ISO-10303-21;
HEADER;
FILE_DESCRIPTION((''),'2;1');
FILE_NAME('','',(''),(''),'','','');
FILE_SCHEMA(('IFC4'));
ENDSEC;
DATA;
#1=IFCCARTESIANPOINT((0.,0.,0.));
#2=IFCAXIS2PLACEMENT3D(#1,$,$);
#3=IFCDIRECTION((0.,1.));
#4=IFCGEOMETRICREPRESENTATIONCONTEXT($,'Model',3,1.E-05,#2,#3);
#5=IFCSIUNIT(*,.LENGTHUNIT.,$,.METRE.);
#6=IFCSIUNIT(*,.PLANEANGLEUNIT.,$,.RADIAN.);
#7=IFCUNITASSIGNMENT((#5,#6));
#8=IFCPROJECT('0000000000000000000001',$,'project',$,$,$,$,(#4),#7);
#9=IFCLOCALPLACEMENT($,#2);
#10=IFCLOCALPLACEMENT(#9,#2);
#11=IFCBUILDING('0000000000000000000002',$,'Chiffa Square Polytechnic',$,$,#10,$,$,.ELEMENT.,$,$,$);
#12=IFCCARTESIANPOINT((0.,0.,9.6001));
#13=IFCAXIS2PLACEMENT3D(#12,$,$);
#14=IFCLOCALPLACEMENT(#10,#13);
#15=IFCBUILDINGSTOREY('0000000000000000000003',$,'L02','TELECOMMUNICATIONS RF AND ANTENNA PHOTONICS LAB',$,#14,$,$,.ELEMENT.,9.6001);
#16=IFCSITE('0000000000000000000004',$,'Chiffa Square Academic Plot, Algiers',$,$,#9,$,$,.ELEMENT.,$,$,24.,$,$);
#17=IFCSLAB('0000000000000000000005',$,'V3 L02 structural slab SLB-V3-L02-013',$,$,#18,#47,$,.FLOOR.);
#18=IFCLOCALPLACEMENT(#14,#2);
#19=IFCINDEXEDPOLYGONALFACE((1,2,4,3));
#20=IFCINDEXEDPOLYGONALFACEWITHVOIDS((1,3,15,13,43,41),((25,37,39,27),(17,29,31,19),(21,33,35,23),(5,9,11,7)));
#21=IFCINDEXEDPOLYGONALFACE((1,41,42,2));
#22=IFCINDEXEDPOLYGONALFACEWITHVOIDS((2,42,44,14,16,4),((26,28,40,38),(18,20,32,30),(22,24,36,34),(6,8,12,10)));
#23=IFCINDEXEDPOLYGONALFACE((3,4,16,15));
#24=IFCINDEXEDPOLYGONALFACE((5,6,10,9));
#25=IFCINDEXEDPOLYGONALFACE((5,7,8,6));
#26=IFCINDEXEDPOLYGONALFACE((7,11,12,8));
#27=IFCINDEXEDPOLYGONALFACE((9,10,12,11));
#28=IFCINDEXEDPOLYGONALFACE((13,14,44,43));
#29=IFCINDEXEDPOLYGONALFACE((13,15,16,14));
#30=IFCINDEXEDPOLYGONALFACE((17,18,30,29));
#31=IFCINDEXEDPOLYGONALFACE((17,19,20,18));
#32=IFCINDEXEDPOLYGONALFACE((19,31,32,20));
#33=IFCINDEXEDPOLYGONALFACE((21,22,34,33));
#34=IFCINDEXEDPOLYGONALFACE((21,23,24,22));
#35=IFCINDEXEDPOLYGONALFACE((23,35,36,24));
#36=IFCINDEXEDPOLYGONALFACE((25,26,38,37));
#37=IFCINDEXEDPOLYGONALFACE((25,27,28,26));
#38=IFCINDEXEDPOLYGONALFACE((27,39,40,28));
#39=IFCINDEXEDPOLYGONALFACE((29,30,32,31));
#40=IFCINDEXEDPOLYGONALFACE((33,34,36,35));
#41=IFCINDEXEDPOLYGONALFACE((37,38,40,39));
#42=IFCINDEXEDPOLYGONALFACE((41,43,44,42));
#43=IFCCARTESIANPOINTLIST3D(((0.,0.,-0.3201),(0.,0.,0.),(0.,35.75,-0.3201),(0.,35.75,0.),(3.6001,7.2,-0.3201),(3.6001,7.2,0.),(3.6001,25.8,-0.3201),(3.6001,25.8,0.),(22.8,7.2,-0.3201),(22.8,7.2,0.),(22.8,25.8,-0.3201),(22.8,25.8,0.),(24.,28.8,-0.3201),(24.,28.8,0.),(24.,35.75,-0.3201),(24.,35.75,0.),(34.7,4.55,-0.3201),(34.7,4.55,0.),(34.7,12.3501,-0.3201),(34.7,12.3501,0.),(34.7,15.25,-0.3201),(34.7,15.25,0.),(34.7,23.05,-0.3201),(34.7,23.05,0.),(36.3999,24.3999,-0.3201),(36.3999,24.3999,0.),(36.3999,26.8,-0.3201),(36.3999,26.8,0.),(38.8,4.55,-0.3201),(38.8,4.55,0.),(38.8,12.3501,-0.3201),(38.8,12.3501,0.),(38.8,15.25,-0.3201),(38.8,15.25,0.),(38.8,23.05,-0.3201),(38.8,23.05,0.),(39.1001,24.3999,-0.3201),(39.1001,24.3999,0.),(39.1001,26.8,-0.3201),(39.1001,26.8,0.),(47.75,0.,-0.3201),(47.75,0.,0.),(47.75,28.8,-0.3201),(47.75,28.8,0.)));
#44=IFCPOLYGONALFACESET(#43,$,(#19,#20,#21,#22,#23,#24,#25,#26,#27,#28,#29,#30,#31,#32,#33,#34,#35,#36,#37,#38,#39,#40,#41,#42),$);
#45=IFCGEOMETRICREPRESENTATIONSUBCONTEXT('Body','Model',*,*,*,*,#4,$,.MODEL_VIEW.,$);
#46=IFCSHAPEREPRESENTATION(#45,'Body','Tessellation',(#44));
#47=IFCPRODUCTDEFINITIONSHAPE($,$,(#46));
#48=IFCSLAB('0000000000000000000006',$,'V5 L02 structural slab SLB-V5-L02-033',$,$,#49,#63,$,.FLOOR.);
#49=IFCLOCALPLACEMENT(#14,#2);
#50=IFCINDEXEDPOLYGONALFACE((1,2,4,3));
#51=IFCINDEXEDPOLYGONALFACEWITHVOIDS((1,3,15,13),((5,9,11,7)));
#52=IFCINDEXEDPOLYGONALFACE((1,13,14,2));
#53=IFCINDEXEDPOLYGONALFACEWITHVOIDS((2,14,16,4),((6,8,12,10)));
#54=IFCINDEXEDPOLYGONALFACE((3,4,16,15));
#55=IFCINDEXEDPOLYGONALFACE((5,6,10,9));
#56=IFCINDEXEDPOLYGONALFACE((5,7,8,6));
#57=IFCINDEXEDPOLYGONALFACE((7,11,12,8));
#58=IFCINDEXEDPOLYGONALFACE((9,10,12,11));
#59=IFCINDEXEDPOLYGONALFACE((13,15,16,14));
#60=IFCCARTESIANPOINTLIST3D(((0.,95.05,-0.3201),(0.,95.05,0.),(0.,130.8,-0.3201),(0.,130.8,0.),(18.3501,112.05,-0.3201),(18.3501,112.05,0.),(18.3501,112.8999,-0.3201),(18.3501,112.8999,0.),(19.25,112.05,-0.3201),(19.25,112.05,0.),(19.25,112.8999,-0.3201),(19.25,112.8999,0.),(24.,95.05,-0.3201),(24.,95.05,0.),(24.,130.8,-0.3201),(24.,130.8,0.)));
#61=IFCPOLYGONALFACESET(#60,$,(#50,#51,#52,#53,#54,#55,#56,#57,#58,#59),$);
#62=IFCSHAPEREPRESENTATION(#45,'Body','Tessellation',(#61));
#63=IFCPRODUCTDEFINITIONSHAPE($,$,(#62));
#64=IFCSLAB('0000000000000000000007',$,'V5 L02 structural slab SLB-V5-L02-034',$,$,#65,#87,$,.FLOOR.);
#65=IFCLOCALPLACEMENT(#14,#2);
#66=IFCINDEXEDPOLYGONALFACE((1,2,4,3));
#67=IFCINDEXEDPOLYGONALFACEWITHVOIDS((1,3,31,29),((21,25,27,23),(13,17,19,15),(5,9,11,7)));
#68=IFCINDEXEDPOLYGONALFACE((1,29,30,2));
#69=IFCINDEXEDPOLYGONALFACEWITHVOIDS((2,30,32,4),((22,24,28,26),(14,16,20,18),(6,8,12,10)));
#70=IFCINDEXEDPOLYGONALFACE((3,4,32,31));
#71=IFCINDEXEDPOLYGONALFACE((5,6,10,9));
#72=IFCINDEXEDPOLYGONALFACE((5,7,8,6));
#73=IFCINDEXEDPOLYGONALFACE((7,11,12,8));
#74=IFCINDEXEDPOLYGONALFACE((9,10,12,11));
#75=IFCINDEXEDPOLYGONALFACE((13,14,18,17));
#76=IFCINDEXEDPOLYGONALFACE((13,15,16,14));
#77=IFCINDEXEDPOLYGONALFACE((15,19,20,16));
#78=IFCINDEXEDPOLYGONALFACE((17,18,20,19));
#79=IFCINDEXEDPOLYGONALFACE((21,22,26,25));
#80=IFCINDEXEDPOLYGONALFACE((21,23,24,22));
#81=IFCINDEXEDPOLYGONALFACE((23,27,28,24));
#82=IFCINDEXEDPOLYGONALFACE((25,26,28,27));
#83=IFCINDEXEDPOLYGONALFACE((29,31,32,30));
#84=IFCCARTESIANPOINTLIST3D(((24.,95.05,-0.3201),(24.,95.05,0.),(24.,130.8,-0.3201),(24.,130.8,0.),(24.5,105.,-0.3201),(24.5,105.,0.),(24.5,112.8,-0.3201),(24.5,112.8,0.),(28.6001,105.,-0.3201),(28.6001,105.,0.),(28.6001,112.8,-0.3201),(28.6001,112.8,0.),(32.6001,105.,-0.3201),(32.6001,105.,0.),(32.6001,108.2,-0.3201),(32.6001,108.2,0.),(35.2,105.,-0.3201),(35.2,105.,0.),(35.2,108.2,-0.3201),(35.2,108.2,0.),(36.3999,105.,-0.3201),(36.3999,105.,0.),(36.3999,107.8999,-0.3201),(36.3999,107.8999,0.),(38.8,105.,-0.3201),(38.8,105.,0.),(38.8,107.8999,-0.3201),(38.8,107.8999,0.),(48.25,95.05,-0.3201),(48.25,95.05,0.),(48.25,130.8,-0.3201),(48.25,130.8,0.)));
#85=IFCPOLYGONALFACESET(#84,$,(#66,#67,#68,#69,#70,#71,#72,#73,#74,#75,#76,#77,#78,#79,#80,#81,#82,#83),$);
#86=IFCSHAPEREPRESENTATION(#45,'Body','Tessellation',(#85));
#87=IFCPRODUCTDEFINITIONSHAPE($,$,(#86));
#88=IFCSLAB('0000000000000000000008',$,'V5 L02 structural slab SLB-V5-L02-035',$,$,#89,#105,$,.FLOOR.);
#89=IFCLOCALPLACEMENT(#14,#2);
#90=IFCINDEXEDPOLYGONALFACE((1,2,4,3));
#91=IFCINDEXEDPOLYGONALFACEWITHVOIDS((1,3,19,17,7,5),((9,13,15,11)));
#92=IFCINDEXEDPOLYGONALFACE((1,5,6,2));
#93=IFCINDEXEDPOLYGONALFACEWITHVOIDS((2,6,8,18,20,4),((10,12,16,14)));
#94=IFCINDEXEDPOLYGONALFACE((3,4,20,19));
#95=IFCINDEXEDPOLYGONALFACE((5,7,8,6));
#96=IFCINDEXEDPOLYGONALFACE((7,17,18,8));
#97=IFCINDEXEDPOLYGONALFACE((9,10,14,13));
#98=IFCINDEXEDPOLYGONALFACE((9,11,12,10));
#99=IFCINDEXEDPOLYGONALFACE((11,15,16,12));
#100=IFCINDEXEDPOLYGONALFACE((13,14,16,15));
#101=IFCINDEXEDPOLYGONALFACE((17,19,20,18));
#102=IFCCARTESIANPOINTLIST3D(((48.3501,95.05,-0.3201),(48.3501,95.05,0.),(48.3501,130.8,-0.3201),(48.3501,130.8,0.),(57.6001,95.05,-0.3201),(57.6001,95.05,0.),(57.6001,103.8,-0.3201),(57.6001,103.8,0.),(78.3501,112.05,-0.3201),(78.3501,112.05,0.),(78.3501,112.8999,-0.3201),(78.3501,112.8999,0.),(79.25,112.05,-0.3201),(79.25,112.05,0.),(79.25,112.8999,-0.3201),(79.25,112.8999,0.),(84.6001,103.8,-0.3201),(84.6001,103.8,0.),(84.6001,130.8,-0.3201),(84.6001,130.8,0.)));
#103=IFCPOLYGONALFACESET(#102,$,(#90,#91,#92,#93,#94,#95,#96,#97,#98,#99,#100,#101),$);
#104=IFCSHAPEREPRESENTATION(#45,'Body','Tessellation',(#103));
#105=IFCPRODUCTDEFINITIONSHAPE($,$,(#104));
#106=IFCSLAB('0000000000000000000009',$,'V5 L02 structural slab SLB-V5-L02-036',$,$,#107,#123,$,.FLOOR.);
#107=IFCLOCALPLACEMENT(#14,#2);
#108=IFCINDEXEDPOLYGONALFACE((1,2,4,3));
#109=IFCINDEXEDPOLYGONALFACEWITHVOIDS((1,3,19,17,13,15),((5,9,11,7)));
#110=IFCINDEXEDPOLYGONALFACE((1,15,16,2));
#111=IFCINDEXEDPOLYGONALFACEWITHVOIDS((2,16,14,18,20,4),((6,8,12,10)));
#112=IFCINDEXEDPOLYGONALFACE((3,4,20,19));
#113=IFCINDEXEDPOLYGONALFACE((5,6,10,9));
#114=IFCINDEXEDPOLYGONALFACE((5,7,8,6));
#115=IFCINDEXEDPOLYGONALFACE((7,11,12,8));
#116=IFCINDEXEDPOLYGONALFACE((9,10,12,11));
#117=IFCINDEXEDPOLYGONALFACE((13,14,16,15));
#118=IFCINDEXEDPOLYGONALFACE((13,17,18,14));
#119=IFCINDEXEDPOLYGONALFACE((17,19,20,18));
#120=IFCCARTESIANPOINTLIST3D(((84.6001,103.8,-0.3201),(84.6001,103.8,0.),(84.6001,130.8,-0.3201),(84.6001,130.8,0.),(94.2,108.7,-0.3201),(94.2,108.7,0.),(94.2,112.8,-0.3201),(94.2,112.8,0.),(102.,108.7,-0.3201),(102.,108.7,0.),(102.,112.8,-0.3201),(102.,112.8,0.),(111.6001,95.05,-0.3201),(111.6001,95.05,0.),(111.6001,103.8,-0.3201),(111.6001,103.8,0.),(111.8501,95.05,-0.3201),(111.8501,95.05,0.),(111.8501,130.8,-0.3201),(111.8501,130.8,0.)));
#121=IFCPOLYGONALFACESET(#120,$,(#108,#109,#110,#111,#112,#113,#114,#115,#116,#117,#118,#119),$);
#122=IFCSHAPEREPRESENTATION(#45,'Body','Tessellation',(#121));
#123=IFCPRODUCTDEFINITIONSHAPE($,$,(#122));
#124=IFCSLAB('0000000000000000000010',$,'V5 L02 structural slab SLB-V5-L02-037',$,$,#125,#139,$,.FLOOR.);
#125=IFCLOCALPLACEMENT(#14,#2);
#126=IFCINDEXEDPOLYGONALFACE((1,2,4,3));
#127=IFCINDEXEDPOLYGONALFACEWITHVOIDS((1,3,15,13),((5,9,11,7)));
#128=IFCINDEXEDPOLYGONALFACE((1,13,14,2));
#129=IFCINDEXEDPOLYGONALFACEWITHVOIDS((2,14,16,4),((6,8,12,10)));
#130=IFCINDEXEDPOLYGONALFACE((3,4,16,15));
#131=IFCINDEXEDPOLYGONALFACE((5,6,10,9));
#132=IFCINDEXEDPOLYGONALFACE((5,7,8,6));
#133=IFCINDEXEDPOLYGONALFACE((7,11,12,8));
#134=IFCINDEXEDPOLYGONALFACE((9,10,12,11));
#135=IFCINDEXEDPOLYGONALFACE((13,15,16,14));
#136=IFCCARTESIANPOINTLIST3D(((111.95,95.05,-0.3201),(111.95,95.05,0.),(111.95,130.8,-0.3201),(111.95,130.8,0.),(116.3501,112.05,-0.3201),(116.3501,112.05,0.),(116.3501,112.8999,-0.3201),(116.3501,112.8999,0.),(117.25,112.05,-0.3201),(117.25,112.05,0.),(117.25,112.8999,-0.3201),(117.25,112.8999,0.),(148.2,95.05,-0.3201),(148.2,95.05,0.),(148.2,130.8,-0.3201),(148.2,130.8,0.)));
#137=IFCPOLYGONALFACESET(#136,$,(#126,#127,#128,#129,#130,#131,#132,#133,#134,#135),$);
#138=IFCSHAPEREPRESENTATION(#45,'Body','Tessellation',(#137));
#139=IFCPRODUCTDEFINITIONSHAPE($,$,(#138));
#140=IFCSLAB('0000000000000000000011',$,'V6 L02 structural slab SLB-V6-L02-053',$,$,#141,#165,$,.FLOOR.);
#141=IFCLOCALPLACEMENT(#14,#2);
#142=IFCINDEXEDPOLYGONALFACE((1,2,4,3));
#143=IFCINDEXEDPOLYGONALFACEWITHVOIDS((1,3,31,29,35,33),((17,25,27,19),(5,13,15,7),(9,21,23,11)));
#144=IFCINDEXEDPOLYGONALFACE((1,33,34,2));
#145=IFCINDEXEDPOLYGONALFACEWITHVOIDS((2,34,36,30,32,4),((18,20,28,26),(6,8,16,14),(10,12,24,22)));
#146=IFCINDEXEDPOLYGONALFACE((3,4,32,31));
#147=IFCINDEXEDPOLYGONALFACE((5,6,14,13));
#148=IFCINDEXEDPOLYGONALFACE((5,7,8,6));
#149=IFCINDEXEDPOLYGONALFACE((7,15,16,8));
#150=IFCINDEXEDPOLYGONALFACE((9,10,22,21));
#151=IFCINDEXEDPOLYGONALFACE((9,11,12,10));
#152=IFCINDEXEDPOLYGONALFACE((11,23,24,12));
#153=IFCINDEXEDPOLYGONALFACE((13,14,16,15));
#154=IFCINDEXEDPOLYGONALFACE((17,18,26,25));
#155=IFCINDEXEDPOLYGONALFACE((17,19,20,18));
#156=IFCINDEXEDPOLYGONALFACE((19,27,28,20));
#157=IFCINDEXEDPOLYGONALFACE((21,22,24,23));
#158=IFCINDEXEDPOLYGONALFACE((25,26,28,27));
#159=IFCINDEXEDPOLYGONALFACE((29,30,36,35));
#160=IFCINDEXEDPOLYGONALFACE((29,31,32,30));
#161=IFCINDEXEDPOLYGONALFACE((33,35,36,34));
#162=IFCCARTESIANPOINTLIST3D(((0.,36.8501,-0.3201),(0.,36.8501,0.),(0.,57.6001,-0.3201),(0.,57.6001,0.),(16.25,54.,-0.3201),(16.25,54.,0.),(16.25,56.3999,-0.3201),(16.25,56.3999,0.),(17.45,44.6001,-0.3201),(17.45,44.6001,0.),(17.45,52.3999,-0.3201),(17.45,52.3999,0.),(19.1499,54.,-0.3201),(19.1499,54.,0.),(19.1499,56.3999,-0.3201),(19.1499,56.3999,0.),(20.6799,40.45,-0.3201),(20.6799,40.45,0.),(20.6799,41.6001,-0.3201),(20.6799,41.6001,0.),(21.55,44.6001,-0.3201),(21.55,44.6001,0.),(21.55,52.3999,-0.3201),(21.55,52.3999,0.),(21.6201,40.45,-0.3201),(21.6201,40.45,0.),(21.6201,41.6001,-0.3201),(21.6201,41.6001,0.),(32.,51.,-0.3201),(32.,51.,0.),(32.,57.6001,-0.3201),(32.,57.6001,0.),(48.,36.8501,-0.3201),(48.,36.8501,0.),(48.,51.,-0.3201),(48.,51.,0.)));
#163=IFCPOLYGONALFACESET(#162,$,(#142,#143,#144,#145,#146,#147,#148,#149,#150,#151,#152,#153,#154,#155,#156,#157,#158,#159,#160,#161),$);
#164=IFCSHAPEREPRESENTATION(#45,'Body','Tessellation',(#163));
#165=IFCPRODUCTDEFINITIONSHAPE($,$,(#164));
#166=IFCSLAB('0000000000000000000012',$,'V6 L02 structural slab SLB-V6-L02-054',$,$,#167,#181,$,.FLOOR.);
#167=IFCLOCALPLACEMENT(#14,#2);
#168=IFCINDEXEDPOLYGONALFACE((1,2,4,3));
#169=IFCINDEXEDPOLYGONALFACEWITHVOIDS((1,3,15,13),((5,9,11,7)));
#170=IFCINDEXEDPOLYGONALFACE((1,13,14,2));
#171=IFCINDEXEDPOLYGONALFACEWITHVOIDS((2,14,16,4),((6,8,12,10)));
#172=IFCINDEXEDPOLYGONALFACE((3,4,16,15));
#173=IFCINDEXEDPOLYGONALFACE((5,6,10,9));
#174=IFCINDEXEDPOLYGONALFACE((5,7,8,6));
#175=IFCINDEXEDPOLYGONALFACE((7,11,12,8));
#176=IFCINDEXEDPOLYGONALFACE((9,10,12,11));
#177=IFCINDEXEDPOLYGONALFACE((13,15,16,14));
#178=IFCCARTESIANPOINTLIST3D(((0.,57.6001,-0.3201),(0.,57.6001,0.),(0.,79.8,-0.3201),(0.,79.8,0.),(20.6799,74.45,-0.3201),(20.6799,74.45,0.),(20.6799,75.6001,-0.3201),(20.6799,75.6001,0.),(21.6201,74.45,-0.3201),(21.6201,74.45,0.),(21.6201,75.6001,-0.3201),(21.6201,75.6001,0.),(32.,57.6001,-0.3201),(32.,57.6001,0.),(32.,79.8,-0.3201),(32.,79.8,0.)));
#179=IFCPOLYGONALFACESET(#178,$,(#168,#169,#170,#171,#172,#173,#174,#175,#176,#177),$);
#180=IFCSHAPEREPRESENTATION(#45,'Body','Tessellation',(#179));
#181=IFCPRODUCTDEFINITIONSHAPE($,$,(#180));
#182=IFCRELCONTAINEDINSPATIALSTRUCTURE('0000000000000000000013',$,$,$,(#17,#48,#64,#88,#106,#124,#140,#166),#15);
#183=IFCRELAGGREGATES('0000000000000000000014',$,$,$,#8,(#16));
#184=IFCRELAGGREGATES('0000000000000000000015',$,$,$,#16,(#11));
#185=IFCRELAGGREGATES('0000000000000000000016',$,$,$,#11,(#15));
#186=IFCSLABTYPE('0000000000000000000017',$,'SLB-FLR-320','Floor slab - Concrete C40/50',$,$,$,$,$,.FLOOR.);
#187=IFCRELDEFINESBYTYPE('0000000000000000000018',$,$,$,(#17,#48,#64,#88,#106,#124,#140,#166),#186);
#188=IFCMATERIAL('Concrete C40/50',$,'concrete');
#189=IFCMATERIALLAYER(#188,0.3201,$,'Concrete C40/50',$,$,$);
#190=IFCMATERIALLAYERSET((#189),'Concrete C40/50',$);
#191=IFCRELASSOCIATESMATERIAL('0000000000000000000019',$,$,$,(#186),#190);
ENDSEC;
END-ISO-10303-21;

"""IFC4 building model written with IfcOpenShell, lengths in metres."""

from ifc_helpers import new_model, si_unit, direction, frame, origin, place, context, subcontext, project, spatial, polyline, outline, extrude, material, layer, layer_set, type_object, element, save


model = new_model("IFC4")

# Units and contexts
model_context = context("Model", 3, precision=1e-05, world=origin(), true_north=direction((0.0, 1.0)))
body_context = subcontext(model_context, "Body", "Model", "MODEL_VIEW")
ifc_project = project(units=[si_unit("LENGTHUNIT", "METRE"), si_unit("PLANEANGLEUNIT", "RADIAN")], contexts=[model_context])

# Site, building, storey
site_placement = place(None, origin())
site = spatial("IfcSite", under=ifc_project, at=site_placement, Name="Chiffa Square Academic Plot, Algiers", CompositionType="ELEMENT", RefElevation=24.0)
building_placement = place(site_placement, origin())
building = spatial("IfcBuilding", under=site, at=building_placement, Name="Chiffa Square Polytechnic", CompositionType="ELEMENT")
storey_placement = place(building_placement, frame((0.0, 0.0, 9.6001)))
storey = spatial("IfcBuildingStorey", under=building, at=storey_placement, Name="L02", Description="TELECOMMUNICATIONS RF AND ANTENNA PHOTONICS LAB", CompositionType="ELEMENT", Elevation=9.6001)

# Shared definitions
ifc_material_1 = material(Name="Concrete C40/50", Category="concrete")

# Slabs
ifc_layer_1 = layer(ifc_material_1, 0.3201, Name="Concrete C40/50")
ifc_layer_set_1 = layer_set([ifc_layer_1], Name="Concrete C40/50")
slab_type_1 = type_object("IfcSlabType", Name="SLB-FLR-320", Description="Floor slab - Concrete C40/50", PredefinedType="FLOOR", material=ifc_layer_set_1)
slab_1_placement = place(storey_placement, frame((0.0, 0.0, -0.3201)))
element("IfcSlab", 1, at=slab_1_placement, inside=storey, type_object=slab_type_1, Name="V3 L02 structural slab SLB-V3-L02-013", PredefinedType="FLOOR", context=body_context, shape_type="SweptSolid", body=[
    extrude(outline(polyline([(0.0, 35.75), (24.0, 35.75), (24.0, 28.8), (47.75, 28.8), (47.75, 0.0), (0.0, 0.0), (0.0, 35.75)]), holes=[polyline([(34.7, 4.55), (34.7, 12.3501), (38.8, 12.3501), (38.8, 4.55), (34.7, 4.55)]), polyline([(34.7, 15.25), (34.7, 23.05), (38.8, 23.05), (38.8, 15.25), (34.7, 15.25)]), polyline([(36.3999, 26.8), (39.1001, 26.8), (39.1001, 24.3999), (36.3999, 24.3999), (36.3999, 26.8)]), polyline([(3.6001, 25.8), (22.8, 25.8), (22.8, 7.2), (3.6001, 7.2), (3.6001, 25.8)])]), origin(), (0.0, 0.0, 1.0), 0.3201),
])
slab_2_placement = place(storey_placement, frame((0.0, 0.0, -0.3201)))
element("IfcSlab", 2, at=slab_2_placement, inside=storey, type_object=slab_type_1, Name="V5 L02 structural slab SLB-V5-L02-033", PredefinedType="FLOOR", context=body_context, shape_type="SweptSolid", body=[
    extrude(outline(polyline([(0.0, 95.05), (0.0, 130.8), (24.0, 130.8), (24.0, 95.05), (0.0, 95.05)]), holes=[polyline([(18.3501, 112.8999), (19.25, 112.8999), (19.25, 112.05), (18.3501, 112.05), (18.3501, 112.8999)])]), origin(), (0.0, 0.0, 1.0), 0.3201),
])
slab_3_placement = place(storey_placement, frame((0.0, 0.0, -0.3201)))
element("IfcSlab", 3, at=slab_3_placement, inside=storey, type_object=slab_type_1, Name="V5 L02 structural slab SLB-V5-L02-034", PredefinedType="FLOOR", context=body_context, shape_type="SweptSolid", body=[
    extrude(outline(polyline([(24.0, 95.05), (24.0, 130.8), (48.25, 130.8), (48.25, 95.05), (24.0, 95.05)]), holes=[polyline([(24.5, 105.0), (24.5, 112.8), (28.6001, 112.8), (28.6001, 105.0), (24.5, 105.0)]), polyline([(32.6001, 108.2), (35.2, 108.2), (35.2, 105.0), (32.6001, 105.0), (32.6001, 108.2)]), polyline([(36.3999, 107.8999), (38.8, 107.8999), (38.8, 105.0), (36.3999, 105.0), (36.3999, 107.8999)])]), origin(), (0.0, 0.0, 1.0), 0.3201),
])
slab_4_placement = place(storey_placement, frame((0.0, 0.0, -0.3201)))
element("IfcSlab", 4, at=slab_4_placement, inside=storey, type_object=slab_type_1, Name="V5 L02 structural slab SLB-V5-L02-035", PredefinedType="FLOOR", context=body_context, shape_type="SweptSolid", body=[
    extrude(outline(polyline([(57.6001, 103.8), (57.6001, 95.05), (48.3501, 95.05), (48.3501, 130.8), (84.6001, 130.8), (84.6001, 103.8), (57.6001, 103.8)]), holes=[polyline([(78.3501, 112.8999), (79.25, 112.8999), (79.25, 112.05), (78.3501, 112.05), (78.3501, 112.8999)])]), origin(), (0.0, 0.0, 1.0), 0.3201),
])
slab_5_placement = place(storey_placement, frame((0.0, 0.0, -0.3201)))
element("IfcSlab", 5, at=slab_5_placement, inside=storey, type_object=slab_type_1, Name="V5 L02 structural slab SLB-V5-L02-036", PredefinedType="FLOOR", context=body_context, shape_type="SweptSolid", body=[
    extrude(outline(polyline([(111.6001, 95.05), (111.6001, 103.8), (84.6001, 103.8), (84.6001, 130.8), (111.8501, 130.8), (111.8501, 95.05), (111.6001, 95.05)]), holes=[polyline([(94.2, 112.8), (102.0, 112.8), (102.0, 108.7), (94.2, 108.7), (94.2, 112.8)])]), origin(), (0.0, 0.0, 1.0), 0.3201),
])
slab_6_placement = place(storey_placement, frame((0.0, 0.0, -0.3201)))
element("IfcSlab", 6, at=slab_6_placement, inside=storey, type_object=slab_type_1, Name="V5 L02 structural slab SLB-V5-L02-037", PredefinedType="FLOOR", context=body_context, shape_type="SweptSolid", body=[
    extrude(outline(polyline([(148.2, 130.8), (148.2, 95.05), (111.95, 95.05), (111.95, 130.8), (148.2, 130.8)]), holes=[polyline([(116.3501, 112.8999), (117.25, 112.8999), (117.25, 112.05), (116.3501, 112.05), (116.3501, 112.8999)])]), origin(), (0.0, 0.0, 1.0), 0.3201),
])
slab_7_placement = place(storey_placement, frame((0.0, 0.0, -0.3201)))
element("IfcSlab", 7, at=slab_7_placement, inside=storey, type_object=slab_type_1, Name="V6 L02 structural slab SLB-V6-L02-053", PredefinedType="FLOOR", context=body_context, shape_type="SweptSolid", body=[
    extrude(outline(polyline([(32.0, 51.0), (48.0, 51.0), (48.0, 36.8501), (0.0, 36.8501), (0.0, 57.6001), (32.0, 57.6001), (32.0, 51.0)]), holes=[polyline([(21.55, 52.3999), (21.55, 44.6001), (17.45, 44.6001), (17.45, 52.3999), (21.55, 52.3999)]), polyline([(16.25, 56.3999), (19.1499, 56.3999), (19.1499, 54.0), (16.25, 54.0), (16.25, 56.3999)]), polyline([(20.6799, 41.6001), (21.6201, 41.6001), (21.6201, 40.45), (20.6799, 40.45), (20.6799, 41.6001)])]), origin(), (0.0, 0.0, 1.0), 0.3201),
])
slab_8_placement = place(storey_placement, frame((0.0, 0.0, -0.3201)))
element("IfcSlab", 8, at=slab_8_placement, inside=storey, type_object=slab_type_1, Name="V6 L02 structural slab SLB-V6-L02-054", PredefinedType="FLOOR", context=body_context, shape_type="SweptSolid", body=[
    extrude(outline(polyline([(32.0, 57.6001), (0.0, 57.6001), (0.0, 79.8), (32.0, 79.8), (32.0, 57.6001)]), holes=[polyline([(20.6799, 75.6001), (21.6201, 75.6001), (21.6201, 74.45), (20.6799, 74.45), (20.6799, 75.6001)])]), origin(), (0.0, 0.0, 1.0), 0.3201),
])

save(model, "model.ifc")
